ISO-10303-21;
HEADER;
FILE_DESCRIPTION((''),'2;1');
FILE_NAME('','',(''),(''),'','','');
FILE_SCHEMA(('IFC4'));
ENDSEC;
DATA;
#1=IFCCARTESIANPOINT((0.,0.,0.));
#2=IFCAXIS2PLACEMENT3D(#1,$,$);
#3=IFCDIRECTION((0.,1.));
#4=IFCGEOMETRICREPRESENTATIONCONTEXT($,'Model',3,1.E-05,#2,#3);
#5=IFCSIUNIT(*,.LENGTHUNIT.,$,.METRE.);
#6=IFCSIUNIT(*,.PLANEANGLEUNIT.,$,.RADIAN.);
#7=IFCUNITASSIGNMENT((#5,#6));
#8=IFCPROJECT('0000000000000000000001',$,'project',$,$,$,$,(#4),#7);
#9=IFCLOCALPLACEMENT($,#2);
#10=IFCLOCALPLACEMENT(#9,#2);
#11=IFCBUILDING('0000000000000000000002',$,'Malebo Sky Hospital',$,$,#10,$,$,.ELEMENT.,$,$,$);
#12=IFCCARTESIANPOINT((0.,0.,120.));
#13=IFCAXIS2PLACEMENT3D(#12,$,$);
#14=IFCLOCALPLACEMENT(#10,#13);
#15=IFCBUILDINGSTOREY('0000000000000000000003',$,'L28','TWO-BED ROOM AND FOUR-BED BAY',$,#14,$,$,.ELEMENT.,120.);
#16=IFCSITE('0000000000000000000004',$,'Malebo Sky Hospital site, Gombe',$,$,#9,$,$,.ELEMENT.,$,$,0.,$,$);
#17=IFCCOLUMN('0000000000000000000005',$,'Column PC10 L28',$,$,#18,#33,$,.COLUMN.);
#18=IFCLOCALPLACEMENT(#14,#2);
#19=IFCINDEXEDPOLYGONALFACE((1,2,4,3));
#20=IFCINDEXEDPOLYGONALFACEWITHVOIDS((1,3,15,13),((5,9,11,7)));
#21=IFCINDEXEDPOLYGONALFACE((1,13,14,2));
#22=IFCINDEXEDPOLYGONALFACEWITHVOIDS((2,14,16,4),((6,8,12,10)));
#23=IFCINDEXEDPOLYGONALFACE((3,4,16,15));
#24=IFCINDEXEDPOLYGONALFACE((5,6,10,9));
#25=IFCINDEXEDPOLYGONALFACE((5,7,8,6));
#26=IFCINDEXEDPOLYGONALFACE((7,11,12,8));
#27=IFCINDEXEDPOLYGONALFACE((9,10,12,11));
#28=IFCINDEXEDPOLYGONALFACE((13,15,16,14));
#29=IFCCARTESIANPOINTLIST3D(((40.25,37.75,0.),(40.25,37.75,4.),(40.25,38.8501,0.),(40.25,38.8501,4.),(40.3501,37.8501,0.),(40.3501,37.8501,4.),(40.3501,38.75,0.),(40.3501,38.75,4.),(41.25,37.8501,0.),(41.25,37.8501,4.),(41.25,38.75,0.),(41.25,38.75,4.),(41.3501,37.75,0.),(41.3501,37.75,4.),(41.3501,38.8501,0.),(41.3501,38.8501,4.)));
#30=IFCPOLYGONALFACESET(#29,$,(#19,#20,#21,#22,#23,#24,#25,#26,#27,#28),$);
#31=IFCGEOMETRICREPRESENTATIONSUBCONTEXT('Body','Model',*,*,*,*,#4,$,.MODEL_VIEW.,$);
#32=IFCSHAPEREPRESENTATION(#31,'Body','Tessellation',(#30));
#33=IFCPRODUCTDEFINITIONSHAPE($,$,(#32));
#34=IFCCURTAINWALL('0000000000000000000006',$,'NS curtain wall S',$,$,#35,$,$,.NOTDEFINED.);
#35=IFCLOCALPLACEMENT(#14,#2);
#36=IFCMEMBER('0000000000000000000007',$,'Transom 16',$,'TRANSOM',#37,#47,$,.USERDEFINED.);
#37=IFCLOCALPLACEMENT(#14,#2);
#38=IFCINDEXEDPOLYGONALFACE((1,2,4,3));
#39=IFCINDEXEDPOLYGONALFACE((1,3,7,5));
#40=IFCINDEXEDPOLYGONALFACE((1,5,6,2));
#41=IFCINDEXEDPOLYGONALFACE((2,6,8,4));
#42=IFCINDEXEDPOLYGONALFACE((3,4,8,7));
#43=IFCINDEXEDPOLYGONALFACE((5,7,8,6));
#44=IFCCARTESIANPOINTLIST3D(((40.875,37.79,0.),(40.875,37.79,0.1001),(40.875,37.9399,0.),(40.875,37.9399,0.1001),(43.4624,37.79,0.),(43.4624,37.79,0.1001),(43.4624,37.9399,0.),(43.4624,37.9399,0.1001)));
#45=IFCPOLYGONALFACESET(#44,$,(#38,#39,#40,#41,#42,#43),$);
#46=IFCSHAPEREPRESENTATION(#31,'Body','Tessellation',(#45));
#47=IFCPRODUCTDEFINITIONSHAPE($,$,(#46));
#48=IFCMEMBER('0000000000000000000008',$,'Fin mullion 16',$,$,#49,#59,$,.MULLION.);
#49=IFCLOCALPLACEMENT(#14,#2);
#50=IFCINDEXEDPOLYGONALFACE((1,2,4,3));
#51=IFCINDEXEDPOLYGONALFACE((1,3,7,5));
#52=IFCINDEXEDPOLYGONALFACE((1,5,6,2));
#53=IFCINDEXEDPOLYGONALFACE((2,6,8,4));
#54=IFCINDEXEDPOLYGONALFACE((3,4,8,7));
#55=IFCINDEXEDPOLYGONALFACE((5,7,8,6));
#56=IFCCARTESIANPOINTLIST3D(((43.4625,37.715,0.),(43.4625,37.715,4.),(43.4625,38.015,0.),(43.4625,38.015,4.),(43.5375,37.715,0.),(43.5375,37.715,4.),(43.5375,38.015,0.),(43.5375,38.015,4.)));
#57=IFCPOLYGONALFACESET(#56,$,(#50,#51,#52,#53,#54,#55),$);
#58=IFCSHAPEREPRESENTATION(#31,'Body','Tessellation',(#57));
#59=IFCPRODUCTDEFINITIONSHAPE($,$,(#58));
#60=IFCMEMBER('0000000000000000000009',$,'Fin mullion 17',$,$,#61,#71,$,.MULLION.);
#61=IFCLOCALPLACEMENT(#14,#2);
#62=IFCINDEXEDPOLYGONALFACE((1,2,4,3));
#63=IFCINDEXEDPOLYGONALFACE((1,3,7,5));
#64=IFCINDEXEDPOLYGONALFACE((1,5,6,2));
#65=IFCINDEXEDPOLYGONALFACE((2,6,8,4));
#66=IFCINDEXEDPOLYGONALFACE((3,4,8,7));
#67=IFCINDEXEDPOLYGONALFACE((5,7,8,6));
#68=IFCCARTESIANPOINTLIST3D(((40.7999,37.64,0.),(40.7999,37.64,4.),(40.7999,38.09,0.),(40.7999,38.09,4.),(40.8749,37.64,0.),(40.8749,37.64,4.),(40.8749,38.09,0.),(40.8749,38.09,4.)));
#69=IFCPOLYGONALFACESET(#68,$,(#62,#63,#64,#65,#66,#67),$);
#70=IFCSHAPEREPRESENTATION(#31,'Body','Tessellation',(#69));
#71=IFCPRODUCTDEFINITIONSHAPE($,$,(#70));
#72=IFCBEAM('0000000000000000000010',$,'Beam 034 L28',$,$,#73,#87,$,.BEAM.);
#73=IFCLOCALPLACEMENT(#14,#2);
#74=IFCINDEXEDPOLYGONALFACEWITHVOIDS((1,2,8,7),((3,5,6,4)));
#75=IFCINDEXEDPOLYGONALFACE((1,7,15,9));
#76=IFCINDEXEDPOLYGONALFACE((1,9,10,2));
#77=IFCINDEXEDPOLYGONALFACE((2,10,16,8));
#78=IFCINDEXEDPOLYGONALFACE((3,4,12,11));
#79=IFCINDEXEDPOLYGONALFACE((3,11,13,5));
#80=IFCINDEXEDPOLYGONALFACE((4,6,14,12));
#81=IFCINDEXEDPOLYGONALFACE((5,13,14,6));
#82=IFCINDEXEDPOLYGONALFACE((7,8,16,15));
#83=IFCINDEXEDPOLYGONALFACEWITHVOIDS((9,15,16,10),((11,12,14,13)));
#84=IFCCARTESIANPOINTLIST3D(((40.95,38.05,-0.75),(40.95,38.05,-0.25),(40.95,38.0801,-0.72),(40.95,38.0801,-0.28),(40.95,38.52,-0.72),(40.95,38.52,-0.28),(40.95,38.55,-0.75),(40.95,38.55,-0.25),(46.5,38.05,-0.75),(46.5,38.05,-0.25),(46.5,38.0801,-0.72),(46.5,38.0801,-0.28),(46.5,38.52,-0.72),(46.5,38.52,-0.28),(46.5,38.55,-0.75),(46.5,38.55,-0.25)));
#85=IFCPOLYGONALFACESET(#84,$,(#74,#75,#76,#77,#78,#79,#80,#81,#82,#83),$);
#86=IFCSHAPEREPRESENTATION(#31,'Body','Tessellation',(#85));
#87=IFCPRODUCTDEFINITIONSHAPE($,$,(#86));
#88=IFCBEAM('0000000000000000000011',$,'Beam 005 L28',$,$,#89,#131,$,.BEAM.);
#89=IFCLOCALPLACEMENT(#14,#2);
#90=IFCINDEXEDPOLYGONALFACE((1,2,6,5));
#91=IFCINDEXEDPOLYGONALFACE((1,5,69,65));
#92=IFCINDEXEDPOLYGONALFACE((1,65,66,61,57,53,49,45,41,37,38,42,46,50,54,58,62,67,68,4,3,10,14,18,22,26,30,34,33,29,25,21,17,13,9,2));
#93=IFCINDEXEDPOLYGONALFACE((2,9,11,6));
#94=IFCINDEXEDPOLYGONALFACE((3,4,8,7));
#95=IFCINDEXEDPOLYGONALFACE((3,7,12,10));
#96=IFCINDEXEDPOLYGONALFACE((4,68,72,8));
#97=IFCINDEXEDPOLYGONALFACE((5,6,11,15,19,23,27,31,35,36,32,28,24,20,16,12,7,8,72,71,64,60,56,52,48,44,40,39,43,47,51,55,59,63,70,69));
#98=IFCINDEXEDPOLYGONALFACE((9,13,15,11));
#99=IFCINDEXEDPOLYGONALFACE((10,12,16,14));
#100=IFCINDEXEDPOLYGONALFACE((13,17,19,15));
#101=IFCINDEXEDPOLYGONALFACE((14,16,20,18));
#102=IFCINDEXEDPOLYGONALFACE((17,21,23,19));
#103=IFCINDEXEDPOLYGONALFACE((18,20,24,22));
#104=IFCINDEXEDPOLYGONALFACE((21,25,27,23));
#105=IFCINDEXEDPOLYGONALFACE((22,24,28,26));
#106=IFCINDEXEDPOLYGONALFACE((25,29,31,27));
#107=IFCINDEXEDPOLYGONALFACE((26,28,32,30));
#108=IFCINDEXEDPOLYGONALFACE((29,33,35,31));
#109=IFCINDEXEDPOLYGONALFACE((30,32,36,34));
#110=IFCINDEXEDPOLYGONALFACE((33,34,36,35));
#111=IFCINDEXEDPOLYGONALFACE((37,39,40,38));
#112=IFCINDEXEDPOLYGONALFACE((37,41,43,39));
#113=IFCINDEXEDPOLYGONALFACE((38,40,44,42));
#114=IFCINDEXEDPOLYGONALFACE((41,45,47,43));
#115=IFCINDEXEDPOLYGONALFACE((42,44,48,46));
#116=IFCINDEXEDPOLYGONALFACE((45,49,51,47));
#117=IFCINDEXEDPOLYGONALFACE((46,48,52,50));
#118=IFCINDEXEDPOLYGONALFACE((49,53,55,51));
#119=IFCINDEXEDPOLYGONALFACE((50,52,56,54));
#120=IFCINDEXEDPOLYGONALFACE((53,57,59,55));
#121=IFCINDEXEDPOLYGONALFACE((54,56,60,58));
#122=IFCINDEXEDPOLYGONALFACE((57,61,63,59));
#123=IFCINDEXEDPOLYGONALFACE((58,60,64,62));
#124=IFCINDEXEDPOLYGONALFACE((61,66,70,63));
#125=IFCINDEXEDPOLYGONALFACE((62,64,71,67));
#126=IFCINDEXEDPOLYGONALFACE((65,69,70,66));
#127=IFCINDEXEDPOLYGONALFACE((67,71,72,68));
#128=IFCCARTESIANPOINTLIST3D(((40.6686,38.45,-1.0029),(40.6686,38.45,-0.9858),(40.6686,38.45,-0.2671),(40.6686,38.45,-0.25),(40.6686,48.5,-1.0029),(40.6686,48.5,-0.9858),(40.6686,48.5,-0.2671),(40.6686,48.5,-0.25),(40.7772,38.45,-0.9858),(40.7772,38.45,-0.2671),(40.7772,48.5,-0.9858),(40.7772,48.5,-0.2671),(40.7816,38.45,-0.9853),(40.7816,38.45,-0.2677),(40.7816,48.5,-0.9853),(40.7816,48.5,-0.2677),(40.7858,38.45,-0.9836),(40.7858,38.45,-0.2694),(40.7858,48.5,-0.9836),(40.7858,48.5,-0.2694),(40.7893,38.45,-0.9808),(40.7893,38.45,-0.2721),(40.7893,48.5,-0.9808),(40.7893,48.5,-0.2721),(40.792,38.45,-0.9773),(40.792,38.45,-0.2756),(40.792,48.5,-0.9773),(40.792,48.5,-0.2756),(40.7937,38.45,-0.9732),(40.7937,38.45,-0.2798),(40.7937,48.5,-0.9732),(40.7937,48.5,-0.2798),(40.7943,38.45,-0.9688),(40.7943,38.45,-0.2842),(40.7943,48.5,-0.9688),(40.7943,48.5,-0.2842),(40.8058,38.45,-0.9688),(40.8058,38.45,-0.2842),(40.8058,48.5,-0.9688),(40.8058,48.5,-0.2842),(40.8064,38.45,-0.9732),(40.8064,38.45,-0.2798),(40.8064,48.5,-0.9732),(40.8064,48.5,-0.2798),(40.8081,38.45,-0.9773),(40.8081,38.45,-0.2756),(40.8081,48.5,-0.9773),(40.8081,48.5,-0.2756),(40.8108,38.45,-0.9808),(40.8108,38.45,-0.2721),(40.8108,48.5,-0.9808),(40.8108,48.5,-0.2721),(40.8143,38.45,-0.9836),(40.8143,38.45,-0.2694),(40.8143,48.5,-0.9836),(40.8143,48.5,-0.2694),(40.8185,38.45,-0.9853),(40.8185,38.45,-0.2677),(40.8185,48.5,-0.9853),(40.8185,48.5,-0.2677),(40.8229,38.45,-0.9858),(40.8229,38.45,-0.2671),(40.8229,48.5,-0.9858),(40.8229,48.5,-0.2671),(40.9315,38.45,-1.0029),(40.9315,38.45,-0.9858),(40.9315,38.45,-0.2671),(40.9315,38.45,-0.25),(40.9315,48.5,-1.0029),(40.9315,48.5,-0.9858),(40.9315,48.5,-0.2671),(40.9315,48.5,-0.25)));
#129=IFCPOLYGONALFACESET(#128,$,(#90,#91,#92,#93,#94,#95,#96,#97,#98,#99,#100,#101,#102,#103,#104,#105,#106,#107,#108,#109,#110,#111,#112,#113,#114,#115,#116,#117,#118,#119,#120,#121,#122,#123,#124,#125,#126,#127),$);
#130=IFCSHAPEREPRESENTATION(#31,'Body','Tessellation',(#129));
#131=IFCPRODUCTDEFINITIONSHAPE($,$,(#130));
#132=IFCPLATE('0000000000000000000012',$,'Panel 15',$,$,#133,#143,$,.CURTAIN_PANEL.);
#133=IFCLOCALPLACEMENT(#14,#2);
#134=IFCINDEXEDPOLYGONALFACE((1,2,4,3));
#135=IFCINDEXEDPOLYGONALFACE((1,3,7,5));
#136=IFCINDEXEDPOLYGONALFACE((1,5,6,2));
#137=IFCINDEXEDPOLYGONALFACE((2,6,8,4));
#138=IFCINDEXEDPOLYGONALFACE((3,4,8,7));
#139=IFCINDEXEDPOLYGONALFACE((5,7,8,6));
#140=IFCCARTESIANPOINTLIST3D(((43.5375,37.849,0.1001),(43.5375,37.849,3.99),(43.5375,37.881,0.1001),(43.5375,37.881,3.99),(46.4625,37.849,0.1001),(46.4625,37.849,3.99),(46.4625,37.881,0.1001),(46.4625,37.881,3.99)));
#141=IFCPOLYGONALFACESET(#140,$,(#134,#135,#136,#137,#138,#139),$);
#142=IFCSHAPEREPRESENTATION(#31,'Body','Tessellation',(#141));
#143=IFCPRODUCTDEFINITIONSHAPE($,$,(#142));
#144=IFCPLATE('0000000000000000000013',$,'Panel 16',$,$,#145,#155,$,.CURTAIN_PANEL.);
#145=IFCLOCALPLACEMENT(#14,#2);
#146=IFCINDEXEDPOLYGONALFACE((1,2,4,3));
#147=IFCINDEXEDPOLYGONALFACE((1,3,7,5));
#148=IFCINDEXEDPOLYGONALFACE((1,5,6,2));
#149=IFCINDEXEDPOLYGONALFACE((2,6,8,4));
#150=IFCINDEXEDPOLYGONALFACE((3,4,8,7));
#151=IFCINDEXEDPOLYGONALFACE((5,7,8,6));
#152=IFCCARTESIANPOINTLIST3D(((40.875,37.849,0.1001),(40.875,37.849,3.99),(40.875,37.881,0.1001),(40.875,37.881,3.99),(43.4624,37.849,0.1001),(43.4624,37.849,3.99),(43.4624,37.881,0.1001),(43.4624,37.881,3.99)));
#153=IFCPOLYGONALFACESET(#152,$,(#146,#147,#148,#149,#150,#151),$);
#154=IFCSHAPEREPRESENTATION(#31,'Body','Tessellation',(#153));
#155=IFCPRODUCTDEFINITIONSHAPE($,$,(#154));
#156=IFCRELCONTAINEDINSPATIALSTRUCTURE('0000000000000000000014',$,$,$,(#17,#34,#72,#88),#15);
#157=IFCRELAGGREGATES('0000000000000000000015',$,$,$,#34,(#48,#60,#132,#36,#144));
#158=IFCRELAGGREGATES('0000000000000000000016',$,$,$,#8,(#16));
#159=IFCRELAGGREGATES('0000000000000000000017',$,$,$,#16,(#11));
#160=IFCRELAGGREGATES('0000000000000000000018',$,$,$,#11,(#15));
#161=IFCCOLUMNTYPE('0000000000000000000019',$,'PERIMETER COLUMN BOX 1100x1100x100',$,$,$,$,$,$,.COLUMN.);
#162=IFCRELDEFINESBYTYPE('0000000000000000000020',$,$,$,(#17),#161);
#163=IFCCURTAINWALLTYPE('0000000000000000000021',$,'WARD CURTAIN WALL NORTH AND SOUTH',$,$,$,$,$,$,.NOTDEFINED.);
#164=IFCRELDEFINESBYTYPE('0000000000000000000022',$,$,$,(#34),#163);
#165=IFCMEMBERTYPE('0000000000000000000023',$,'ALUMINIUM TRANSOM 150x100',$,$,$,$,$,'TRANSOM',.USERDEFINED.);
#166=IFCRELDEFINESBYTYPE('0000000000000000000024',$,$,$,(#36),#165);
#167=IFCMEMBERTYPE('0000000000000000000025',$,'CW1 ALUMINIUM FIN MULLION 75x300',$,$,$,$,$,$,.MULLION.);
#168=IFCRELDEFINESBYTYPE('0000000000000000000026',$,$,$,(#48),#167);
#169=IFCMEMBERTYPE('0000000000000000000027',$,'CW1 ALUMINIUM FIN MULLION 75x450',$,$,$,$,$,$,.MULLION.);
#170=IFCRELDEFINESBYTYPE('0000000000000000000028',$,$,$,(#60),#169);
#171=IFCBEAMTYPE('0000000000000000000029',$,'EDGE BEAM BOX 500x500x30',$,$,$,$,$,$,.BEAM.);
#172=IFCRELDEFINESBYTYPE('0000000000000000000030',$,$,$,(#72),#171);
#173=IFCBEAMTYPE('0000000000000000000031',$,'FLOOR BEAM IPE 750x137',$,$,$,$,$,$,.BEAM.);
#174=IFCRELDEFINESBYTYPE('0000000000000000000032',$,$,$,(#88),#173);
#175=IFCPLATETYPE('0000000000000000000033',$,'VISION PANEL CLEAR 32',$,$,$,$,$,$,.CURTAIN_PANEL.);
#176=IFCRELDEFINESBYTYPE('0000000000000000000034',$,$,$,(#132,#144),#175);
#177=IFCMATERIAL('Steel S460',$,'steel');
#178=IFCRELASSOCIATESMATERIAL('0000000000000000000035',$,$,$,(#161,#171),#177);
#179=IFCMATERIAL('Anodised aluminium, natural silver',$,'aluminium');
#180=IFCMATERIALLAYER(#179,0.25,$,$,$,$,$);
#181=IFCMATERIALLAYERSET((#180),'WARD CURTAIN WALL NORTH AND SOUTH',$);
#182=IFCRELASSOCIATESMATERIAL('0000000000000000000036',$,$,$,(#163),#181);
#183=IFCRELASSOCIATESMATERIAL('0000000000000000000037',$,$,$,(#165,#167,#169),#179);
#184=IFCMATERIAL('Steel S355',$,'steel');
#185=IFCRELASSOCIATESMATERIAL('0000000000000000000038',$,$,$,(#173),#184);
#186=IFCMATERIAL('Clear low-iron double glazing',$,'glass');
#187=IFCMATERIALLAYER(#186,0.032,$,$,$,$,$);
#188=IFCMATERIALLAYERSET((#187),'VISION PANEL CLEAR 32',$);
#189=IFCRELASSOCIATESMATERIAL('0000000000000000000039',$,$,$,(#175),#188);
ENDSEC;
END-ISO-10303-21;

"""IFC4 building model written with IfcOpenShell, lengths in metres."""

from ifc_helpers import new_model, si_unit, direction, frame, origin, origin_2d, place, context, subcontext, project, spatial, rectangle, hollow_rectangle, i_section, extrude, material, layer, layer_set, material_profile, profile_set, type_object, element, aggregate, save


model = new_model("IFC4")

# Units and contexts
model_context = context("Model", 3, precision=1e-05, world=origin(), true_north=direction((0.0, 1.0)))
body_context = subcontext(model_context, "Body", "Model", "MODEL_VIEW")
ifc_project = project(units=[si_unit("LENGTHUNIT", "METRE"), si_unit("PLANEANGLEUNIT", "RADIAN")], contexts=[model_context])

# Site, building, storey
site_placement = place(None, origin())
site = spatial("IfcSite", under=ifc_project, at=site_placement, Name="Malebo Sky Hospital site, Gombe", CompositionType="ELEMENT", RefElevation=0.0)
building_placement = place(site_placement, origin())
building = spatial("IfcBuilding", under=site, at=building_placement, Name="Malebo Sky Hospital", CompositionType="ELEMENT")
storey_placement = place(building_placement, frame((0.0, 0.0, 120.0)))
storey = spatial("IfcBuildingStorey", under=building, at=storey_placement, Name="L28", Description="TWO-BED ROOM AND FOUR-BED BAY", CompositionType="ELEMENT", Elevation=120.0)

# Column
ifc_material_1 = material(Name="Steel S460", Category="steel")
ifc_material_profile_1 = material_profile(ifc_material_1, hollow_rectangle(XDim=1.1001, YDim=1.1001, WallThickness=0.1001, at=origin_2d()), Name="BOX 1100x1100x100")
ifc_profile_set_1 = profile_set([ifc_material_profile_1], Name="Steel S460")
column_type = type_object("IfcColumnType", Name="PERIMETER COLUMN BOX 1100x1100x100", PredefinedType="COLUMN", material=ifc_profile_set_1)
column_placement = place(storey_placement, frame((40.8, 38.3, 0.0), z_axis=(0.0, 0.0, 1.0), x_axis=(1.0, 0.0, 0.0)))
element("IfcColumn", 1, at=column_placement, inside=storey, type_object=column_type, Name="Column PC10 L28", PredefinedType="COLUMN", context=body_context, shape_type="SweptSolid", body=[
    extrude(hollow_rectangle(XDim=1.1001, YDim=1.1001, WallThickness=0.1001, at=origin_2d()), origin(), (0.0, 0.0, 1.0), 4.0),
])

# Curtain wall, members
ifc_material_2 = material(Name="Anodised aluminium, natural silver", Category="aluminium")
ifc_layer_1 = layer(ifc_material_2, 0.25)
ifc_layer_set_1 = layer_set([ifc_layer_1], Name="WARD CURTAIN WALL NORTH AND SOUTH")
curtain_wall_type = type_object("IfcCurtainWallType", Name="WARD CURTAIN WALL NORTH AND SOUTH", PredefinedType="NOTDEFINED", material=ifc_layer_set_1)
curtain_wall_placement = place(storey_placement, origin())
curtain_wall = element("IfcCurtainWall", 2, at=curtain_wall_placement, inside=storey, type_object=curtain_wall_type, Name="NS curtain wall S", PredefinedType="NOTDEFINED")
ifc_material_profile_2 = material_profile(ifc_material_2, rectangle(XDim=0.1499, YDim=0.1001, at=origin_2d()), Name="ALUMINIUM TRANSOM 150x100")
ifc_profile_set_2 = profile_set([ifc_material_profile_2], Name="Anodised aluminium, natural silver")
member_type_1 = type_object("IfcMemberType", Name="ALUMINIUM TRANSOM 150x100", ElementType="TRANSOM", PredefinedType="USERDEFINED", material=ifc_profile_set_2)
member_1_placement = place(storey_placement, frame((43.4624, 37.865, 0.05), z_axis=(-1.0, 0.0, 0.0), x_axis=(0.0, -1.0, 0.0)))
member_1 = element("IfcMember", 3, at=member_1_placement, type_object=member_type_1, Name="Transom 16", ObjectType="TRANSOM", PredefinedType="USERDEFINED", context=body_context, shape_type="SweptSolid", body=[
    extrude(rectangle(XDim=0.1499, YDim=0.1001, at=origin_2d()), origin(), (0.0, 0.0, 1.0), 2.5874),
])
ifc_material_profile_3 = material_profile(ifc_material_2, rectangle(XDim=0.075, YDim=0.3, at=origin_2d()), Name="CW1 ALUMINIUM FIN MULLION 75x300")
ifc_profile_set_3 = profile_set([ifc_material_profile_3], Name="Anodised aluminium, natural silver")
member_type_2 = type_object("IfcMemberType", Name="CW1 ALUMINIUM FIN MULLION 75x300", PredefinedType="MULLION", material=ifc_profile_set_3)
member_2_placement = place(storey_placement, frame((43.5, 37.865, 0.0), z_axis=(0.0, 0.0, 1.0), x_axis=(-1.0, 0.0, 0.0)))
member_2 = element("IfcMember", 4, at=member_2_placement, type_object=member_type_2, Name="Fin mullion 16", PredefinedType="MULLION", context=body_context, shape_type="SweptSolid", body=[
    extrude(rectangle(XDim=0.075, YDim=0.3, at=origin_2d()), origin(), (0.0, 0.0, 1.0), 4.0),
])
ifc_material_profile_4 = material_profile(ifc_material_2, rectangle(XDim=0.075, YDim=0.45, at=origin_2d()), Name="CW1 ALUMINIUM FIN MULLION 75x450")
ifc_profile_set_4 = profile_set([ifc_material_profile_4], Name="Anodised aluminium, natural silver")
member_type_3 = type_object("IfcMemberType", Name="CW1 ALUMINIUM FIN MULLION 75x450", PredefinedType="MULLION", material=ifc_profile_set_4)
member_3_placement = place(storey_placement, frame((40.8374, 37.865, 0.0), z_axis=(0.0, 0.0, 1.0), x_axis=(-1.0, 0.0, 0.0)))
member_3 = element("IfcMember", 5, at=member_3_placement, type_object=member_type_3, Name="Fin mullion 17", PredefinedType="MULLION", context=body_context, shape_type="SweptSolid", body=[
    extrude(rectangle(XDim=0.075, YDim=0.45, at=origin_2d()), origin(), (0.0, 0.0, 1.0), 4.0),
])

# Beams
ifc_material_profile_5 = material_profile(ifc_material_1, hollow_rectangle(XDim=0.5, YDim=0.5, WallThickness=0.03, at=origin_2d()), Name="BOX 500x500x30")
ifc_profile_set_5 = profile_set([ifc_material_profile_5], Name="Steel S460")
beam_type_1 = type_object("IfcBeamType", Name="EDGE BEAM BOX 500x500x30", PredefinedType="BEAM", material=ifc_profile_set_5)
beam_1_placement = place(storey_placement, frame((40.95, 38.3, -0.5), z_axis=(1.0, 0.0, 0.0), x_axis=(0.0, 1.0, 0.0)))
element("IfcBeam", 6, at=beam_1_placement, inside=storey, type_object=beam_type_1, Name="Beam 034 L28", PredefinedType="BEAM", context=body_context, shape_type="SweptSolid", body=[
    extrude(hollow_rectangle(XDim=0.5, YDim=0.5, WallThickness=0.03, at=origin_2d()), origin(), (0.0, 0.0, 1.0), 5.55),
])
ifc_material_3 = material(Name="Steel S355", Category="steel")
ifc_material_profile_6 = material_profile(ifc_material_3, i_section(OverallWidth=0.2629, OverallDepth=0.7529, WebThickness=0.0115, FlangeThickness=0.0171, FilletRadius=0.0171, at=origin_2d()), Name="IPE 750x137")
ifc_profile_set_6 = profile_set([ifc_material_profile_6], Name="Steel S355")
beam_type_2 = type_object("IfcBeamType", Name="FLOOR BEAM IPE 750x137", PredefinedType="BEAM", material=ifc_profile_set_6)
beam_2_placement = place(storey_placement, frame((40.8, 38.45, -0.6265), z_axis=(0.0, 1.0, 0.0), x_axis=(-1.0, 0.0, 0.0)))
element("IfcBeam", 7, at=beam_2_placement, inside=storey, type_object=beam_type_2, Name="Beam 005 L28", PredefinedType="BEAM", context=body_context, shape_type="SweptSolid", body=[
    extrude(i_section(OverallWidth=0.2629, OverallDepth=0.7529, WebThickness=0.0115, FlangeThickness=0.0171, FilletRadius=0.0171, at=origin_2d()), origin(), (0.0, 0.0, 1.0), 10.05),
])

# Plates
ifc_material_4 = material(Name="Clear low-iron double glazing", Category="glass")
ifc_layer_2 = layer(ifc_material_4, 0.032)
ifc_layer_set_2 = layer_set([ifc_layer_2], Name="VISION PANEL CLEAR 32")
plate_type = type_object("IfcPlateType", Name="VISION PANEL CLEAR 32", PredefinedType="CURTAIN_PANEL", material=ifc_layer_set_2)
plate_1_placement = place(storey_placement, frame((45.0, 37.865, 0.1001), z_axis=(0.0, 0.0, 1.0), x_axis=(-1.0, 0.0, 0.0)))
plate_1 = element("IfcPlate", 8, at=plate_1_placement, type_object=plate_type, Name="Panel 15", PredefinedType="CURTAIN_PANEL", context=body_context, shape_type="SweptSolid", body=[
    extrude(rectangle(XDim=2.925, YDim=0.032, at=origin_2d()), origin(), (0.0, 0.0, 1.0), 3.8899),
])
plate_2_placement = place(storey_placement, frame((42.1687, 37.865, 0.1001), z_axis=(0.0, 0.0, 1.0), x_axis=(-1.0, 0.0, 0.0)))
plate_2 = element("IfcPlate", 9, at=plate_2_placement, type_object=plate_type, Name="Panel 16", PredefinedType="CURTAIN_PANEL", context=body_context, shape_type="SweptSolid", body=[
    extrude(rectangle(XDim=2.5874, YDim=0.032, at=origin_2d()), origin(), (0.0, 0.0, 1.0), 3.8899),
])
aggregate(curtain_wall, [member_2, member_3, plate_1, member_1, plate_2])

save(model, "model.ifc")
